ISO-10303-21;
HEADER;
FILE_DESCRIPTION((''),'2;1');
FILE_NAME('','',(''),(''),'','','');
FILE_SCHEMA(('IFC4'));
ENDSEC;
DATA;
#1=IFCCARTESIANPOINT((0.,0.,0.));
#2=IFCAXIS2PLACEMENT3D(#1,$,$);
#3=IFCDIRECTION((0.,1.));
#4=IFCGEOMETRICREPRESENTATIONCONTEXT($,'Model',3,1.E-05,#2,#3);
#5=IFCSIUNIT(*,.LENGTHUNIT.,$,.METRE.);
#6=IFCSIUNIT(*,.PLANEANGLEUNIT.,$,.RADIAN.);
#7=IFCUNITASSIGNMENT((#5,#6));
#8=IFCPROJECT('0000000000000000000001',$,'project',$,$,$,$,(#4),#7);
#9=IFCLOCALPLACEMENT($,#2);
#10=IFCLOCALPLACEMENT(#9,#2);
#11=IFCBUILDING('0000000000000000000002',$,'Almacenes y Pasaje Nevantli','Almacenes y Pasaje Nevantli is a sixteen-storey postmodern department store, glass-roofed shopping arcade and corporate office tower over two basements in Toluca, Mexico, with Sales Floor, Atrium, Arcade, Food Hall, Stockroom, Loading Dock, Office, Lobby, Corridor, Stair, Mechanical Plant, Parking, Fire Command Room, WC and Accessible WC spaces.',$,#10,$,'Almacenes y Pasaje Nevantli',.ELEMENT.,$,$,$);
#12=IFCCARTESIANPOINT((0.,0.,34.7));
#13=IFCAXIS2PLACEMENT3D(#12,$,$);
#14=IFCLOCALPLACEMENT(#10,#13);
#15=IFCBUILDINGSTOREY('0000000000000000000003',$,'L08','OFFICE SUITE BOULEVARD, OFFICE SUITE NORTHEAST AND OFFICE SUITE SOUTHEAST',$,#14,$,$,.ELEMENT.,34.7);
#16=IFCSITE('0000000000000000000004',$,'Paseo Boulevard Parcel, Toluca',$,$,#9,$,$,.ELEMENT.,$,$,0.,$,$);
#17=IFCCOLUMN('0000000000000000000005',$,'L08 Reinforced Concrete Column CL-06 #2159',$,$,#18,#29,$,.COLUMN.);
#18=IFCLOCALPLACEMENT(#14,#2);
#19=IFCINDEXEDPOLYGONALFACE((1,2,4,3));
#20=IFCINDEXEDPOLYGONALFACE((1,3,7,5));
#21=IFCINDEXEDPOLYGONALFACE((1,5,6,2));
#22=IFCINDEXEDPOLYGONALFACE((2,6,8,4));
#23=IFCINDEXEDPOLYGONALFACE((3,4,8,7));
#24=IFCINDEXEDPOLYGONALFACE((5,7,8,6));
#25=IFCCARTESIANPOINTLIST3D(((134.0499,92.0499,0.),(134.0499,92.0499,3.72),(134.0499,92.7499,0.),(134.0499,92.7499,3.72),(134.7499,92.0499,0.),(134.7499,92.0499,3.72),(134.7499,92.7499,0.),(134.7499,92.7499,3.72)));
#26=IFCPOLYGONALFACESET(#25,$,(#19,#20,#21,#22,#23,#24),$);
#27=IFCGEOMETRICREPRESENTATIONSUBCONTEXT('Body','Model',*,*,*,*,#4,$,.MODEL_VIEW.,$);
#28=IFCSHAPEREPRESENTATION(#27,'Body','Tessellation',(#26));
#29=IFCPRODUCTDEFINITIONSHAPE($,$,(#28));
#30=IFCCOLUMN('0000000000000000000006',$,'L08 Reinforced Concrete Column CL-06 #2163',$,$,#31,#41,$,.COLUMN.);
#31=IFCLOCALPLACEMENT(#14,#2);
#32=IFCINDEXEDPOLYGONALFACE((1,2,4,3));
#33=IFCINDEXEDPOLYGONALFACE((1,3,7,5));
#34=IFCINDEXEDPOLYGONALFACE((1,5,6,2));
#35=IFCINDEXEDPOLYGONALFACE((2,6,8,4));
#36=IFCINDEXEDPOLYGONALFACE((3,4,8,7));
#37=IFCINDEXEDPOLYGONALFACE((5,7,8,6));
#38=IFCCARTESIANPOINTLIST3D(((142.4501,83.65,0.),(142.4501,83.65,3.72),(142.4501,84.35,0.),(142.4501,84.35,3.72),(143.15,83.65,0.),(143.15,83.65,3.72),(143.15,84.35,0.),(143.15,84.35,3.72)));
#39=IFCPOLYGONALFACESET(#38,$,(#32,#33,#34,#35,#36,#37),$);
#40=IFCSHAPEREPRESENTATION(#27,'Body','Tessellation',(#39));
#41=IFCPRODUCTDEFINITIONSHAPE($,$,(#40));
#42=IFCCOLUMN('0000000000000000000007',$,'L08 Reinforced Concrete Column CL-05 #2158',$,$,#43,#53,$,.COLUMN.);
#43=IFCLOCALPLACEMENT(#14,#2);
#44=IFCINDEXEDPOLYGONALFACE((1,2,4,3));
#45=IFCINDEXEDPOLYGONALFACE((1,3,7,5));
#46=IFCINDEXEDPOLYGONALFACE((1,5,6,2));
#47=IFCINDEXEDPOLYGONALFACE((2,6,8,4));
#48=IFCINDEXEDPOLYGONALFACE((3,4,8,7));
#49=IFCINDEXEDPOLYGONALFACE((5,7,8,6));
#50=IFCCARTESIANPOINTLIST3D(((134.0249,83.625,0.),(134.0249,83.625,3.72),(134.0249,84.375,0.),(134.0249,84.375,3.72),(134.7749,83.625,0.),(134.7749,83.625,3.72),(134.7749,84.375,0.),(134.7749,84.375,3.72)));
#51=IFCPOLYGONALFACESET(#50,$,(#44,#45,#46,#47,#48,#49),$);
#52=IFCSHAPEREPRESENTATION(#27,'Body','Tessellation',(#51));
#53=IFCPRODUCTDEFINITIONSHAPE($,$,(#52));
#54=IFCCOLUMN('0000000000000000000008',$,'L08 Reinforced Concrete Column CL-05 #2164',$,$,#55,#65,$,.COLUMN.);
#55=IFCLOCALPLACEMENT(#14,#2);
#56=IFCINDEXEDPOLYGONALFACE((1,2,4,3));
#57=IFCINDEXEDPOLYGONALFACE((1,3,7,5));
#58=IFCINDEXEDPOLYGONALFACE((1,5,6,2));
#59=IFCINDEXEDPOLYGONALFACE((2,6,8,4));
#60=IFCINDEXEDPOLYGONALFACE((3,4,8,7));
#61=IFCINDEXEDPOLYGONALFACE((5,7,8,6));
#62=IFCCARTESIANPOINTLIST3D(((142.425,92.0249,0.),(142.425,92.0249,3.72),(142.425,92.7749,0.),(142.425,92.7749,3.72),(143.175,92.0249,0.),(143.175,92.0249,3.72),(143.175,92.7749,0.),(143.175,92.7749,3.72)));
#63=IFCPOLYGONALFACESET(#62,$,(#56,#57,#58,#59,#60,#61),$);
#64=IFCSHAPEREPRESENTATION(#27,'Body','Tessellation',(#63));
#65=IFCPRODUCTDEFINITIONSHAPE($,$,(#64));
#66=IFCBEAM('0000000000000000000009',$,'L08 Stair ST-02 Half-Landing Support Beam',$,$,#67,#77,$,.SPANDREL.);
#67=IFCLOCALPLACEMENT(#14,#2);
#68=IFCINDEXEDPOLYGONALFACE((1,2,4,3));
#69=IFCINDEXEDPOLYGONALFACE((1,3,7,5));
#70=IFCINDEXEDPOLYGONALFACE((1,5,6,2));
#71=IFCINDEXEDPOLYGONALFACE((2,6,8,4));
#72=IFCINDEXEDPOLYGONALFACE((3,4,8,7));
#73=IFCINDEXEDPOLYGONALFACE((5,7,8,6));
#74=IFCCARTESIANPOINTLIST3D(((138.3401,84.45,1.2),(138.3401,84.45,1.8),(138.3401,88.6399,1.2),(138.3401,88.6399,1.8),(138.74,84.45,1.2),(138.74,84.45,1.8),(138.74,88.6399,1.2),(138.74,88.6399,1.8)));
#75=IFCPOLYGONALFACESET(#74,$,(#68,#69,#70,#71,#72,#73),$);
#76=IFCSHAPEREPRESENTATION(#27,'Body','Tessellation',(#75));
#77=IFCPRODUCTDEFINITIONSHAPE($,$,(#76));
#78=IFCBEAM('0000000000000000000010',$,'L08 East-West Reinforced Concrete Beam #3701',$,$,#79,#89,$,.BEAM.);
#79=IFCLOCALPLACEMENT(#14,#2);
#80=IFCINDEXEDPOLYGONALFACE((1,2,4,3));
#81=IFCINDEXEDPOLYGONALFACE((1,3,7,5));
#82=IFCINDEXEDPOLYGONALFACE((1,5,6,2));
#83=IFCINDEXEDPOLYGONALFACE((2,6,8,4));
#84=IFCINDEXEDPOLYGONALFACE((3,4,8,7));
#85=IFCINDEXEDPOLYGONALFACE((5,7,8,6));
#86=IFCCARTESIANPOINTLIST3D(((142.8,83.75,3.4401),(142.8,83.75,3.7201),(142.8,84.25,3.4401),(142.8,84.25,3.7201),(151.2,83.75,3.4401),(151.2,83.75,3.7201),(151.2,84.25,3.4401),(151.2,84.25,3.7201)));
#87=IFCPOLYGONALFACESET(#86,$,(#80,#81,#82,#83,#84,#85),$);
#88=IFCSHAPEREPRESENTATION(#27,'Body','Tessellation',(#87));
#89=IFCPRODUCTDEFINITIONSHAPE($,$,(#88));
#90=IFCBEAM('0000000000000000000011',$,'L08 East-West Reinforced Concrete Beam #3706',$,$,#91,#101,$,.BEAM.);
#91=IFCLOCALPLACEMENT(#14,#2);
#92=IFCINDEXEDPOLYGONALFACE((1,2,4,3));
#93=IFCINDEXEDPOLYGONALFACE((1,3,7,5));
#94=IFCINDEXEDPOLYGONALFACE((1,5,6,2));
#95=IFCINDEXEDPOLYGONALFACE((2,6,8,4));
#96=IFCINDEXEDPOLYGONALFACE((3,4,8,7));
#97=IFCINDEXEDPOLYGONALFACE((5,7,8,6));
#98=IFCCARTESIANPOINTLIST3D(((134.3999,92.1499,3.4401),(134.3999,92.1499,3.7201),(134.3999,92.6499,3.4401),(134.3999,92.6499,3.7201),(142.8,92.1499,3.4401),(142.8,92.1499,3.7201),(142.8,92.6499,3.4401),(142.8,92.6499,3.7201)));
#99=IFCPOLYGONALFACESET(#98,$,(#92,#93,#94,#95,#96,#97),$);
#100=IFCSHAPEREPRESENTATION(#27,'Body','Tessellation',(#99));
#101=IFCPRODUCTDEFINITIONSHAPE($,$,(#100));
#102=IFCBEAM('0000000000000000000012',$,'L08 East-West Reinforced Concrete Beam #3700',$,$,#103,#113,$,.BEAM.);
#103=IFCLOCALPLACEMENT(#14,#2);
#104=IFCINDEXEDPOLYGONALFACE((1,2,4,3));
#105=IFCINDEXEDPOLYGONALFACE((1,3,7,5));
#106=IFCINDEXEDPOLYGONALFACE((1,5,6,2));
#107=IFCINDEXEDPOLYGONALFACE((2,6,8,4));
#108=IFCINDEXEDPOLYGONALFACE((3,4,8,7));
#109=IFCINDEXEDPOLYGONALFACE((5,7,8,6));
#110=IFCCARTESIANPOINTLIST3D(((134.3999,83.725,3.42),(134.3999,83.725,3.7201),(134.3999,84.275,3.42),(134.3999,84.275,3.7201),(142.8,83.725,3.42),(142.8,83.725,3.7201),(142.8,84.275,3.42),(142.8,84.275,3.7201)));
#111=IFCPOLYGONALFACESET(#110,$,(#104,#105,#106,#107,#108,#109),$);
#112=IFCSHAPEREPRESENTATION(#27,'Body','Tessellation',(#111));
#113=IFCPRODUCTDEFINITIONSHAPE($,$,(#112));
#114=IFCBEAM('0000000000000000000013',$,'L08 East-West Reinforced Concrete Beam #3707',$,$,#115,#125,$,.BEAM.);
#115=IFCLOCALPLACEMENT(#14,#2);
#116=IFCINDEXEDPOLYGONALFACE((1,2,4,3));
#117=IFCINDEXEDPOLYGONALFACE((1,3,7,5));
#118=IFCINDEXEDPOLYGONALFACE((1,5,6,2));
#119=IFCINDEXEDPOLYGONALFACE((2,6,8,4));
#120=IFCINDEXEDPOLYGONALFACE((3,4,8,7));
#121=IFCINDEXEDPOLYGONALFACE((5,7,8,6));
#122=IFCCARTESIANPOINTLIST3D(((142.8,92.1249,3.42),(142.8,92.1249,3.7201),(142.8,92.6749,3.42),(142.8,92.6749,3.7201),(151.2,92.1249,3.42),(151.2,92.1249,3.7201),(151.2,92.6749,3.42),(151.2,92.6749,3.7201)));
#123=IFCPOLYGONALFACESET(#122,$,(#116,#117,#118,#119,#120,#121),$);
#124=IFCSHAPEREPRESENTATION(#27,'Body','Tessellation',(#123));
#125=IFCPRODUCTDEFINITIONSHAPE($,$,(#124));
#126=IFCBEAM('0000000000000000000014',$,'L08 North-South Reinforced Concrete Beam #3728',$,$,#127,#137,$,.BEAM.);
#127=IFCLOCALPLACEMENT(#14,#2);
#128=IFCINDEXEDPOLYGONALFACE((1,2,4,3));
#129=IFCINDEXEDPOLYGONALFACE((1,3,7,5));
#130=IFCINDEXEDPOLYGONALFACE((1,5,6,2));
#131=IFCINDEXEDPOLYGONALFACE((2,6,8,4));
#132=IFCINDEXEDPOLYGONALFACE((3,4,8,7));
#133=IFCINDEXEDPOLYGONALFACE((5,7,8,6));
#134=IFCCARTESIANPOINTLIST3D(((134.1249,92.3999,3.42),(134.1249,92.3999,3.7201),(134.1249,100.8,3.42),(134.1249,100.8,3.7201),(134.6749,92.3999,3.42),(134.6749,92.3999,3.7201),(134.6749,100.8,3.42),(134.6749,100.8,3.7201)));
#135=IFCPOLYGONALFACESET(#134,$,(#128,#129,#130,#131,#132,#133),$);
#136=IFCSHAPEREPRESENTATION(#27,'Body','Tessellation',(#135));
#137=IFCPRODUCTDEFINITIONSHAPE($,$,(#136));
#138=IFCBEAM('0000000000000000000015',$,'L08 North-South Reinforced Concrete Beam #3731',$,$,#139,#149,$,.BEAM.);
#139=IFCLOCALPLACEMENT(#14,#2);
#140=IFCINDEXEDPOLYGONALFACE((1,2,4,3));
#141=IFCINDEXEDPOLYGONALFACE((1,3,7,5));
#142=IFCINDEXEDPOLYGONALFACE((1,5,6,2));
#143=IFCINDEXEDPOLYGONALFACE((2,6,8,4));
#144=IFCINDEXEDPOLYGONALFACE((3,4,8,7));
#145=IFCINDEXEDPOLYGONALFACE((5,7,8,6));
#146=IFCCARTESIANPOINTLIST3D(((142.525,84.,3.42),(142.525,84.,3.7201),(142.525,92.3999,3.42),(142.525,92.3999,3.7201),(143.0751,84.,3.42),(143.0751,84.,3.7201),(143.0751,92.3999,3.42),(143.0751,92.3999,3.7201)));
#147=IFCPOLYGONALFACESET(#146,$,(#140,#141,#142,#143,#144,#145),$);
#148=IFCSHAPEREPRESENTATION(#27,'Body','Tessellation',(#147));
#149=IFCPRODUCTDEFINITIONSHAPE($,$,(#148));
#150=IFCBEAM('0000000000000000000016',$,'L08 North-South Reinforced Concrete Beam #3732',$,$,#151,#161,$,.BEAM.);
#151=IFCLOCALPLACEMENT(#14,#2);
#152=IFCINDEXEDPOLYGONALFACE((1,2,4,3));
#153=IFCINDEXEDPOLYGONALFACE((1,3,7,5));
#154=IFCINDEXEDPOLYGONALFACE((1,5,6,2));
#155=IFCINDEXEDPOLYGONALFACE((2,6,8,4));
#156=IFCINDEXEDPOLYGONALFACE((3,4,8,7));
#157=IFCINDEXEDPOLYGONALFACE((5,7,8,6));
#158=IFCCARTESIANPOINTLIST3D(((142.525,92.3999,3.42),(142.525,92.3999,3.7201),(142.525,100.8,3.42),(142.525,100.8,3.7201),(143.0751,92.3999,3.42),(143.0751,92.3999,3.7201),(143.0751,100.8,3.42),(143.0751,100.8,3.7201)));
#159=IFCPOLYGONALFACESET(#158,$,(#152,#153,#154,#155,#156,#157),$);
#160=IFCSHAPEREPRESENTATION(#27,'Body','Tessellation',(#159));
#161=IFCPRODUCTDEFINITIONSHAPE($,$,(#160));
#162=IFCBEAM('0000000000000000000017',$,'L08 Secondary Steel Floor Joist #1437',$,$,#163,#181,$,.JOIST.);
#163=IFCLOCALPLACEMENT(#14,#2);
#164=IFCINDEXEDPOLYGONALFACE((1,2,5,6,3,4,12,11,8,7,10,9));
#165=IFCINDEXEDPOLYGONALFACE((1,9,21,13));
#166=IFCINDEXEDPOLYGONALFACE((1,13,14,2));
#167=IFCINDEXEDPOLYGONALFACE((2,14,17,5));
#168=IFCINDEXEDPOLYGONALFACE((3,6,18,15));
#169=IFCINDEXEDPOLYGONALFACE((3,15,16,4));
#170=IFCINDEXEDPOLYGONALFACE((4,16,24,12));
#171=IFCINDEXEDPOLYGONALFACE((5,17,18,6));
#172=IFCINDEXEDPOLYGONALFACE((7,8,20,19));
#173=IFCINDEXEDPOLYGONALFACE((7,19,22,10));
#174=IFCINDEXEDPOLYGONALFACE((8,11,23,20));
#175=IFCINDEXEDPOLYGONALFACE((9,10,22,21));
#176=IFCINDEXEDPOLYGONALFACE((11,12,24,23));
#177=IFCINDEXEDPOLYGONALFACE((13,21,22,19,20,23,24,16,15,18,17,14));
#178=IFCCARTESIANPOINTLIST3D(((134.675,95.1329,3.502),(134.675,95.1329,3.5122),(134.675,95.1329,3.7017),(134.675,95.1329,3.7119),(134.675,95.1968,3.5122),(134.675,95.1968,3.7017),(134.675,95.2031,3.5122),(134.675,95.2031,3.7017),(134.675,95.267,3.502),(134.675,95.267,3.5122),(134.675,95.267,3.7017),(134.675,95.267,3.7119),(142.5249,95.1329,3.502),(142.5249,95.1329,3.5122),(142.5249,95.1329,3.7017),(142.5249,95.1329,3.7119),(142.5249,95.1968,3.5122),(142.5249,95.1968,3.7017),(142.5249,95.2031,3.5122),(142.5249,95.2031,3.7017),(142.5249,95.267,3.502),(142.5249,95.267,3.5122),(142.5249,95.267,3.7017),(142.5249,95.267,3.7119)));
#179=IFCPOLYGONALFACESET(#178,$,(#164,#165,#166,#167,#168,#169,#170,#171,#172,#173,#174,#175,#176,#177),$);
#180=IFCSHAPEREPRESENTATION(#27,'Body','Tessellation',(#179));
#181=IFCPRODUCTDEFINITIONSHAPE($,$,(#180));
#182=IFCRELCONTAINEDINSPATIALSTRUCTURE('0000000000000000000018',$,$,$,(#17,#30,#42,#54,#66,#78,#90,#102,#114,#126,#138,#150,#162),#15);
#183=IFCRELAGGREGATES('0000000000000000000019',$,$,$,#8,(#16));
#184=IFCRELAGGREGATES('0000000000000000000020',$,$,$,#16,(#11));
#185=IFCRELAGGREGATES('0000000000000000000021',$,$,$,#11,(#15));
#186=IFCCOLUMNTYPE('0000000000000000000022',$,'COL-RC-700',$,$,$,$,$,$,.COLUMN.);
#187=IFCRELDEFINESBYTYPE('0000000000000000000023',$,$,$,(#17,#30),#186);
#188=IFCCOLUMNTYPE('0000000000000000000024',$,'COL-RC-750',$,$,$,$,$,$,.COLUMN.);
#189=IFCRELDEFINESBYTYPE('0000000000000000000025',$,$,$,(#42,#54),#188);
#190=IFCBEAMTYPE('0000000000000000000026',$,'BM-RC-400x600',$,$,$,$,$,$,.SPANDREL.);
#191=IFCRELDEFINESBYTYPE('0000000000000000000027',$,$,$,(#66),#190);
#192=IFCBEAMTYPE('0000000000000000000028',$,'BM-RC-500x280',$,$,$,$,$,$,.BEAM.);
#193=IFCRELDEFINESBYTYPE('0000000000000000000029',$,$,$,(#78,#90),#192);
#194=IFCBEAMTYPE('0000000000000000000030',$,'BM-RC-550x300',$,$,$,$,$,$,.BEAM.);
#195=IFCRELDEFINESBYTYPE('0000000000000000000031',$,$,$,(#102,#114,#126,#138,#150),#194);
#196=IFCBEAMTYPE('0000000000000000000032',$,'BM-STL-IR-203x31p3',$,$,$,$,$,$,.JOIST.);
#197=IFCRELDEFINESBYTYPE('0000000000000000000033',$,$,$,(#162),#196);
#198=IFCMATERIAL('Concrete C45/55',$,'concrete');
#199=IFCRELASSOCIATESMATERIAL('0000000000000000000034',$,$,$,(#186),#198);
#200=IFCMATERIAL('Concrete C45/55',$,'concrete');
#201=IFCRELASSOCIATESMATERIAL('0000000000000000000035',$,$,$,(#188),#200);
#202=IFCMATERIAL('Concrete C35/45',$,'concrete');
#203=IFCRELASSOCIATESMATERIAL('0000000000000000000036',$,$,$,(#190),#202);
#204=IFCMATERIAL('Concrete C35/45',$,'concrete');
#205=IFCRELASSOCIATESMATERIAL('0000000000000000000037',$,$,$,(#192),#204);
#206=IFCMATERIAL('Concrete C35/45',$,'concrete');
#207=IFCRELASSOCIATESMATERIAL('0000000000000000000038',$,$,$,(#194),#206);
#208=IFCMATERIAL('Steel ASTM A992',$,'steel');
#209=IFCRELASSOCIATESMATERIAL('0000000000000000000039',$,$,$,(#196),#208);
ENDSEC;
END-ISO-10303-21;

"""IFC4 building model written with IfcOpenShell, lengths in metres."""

from ifc_helpers import new_model, si_unit, direction, frame, origin, origin_2d, place, context, subcontext, project, spatial, rectangle, i_section, extrude, material, material_profile, profile_set, type_object, element, save


model = new_model("IFC4")

# Units and contexts
model_context = context("Model", 3, precision=1e-05, world=origin(), true_north=direction((0.0, 1.0)))
body_context = subcontext(model_context, "Body", "Model", "MODEL_VIEW")
ifc_project = project(units=[si_unit("LENGTHUNIT", "METRE"), si_unit("PLANEANGLEUNIT", "RADIAN")], contexts=[model_context])

# Site, building, storey
site_placement = place(None, origin())
site = spatial("IfcSite", under=ifc_project, at=site_placement, Name="Paseo Boulevard Parcel, Toluca", CompositionType="ELEMENT", RefElevation=0.0)
building_placement = place(site_placement, origin())
building = spatial("IfcBuilding", under=site, at=building_placement, Name="Almacenes y Pasaje Nevantli", Description="Almacenes y Pasaje Nevantli is a sixteen-storey postmodern department store, glass-roofed shopping arcade and corporate office tower over two basements in Toluca, Mexico, with Sales Floor, Atrium, Arcade, Food Hall, Stockroom, Loading Dock, Office, Lobby, Corridor, Stair, Mechanical Plant, Parking, Fire Command Room, WC and Accessible WC spaces.", LongName="Almacenes y Pasaje Nevantli", CompositionType="ELEMENT")
storey_placement = place(building_placement, frame((0.0, 0.0, 34.7)))
storey = spatial("IfcBuildingStorey", under=building, at=storey_placement, Name="L08", Description="OFFICE SUITE BOULEVARD, OFFICE SUITE NORTHEAST AND OFFICE SUITE SOUTHEAST", CompositionType="ELEMENT", Elevation=34.7)

# Columns
ifc_material_1 = material(Name="Concrete C45/55", Category="concrete")
ifc_material_profile_1 = material_profile(ifc_material_1, rectangle(XDim=0.7, YDim=0.7, at=origin_2d()), Name="RC-COL-700x700")
ifc_profile_set_1 = profile_set([ifc_material_profile_1], Name="Concrete C45/55")
column_type_1 = type_object("IfcColumnType", Name="COL-RC-700", PredefinedType="COLUMN", material=ifc_profile_set_1)
for number, where, z_axis, x_axis, name in (
    (1, (134.3999, 92.3999, 0.0), (0.0, 0.0, 1.0), (1.0, 0.0, 0.0), "L08 Reinforced Concrete Column CL-06 #2159"),
    (2, (142.8, 84.0, 0.0), (0.0, 0.0, 1.0), (1.0, 0.0, 0.0), "L08 Reinforced Concrete Column CL-06 #2163"),
):
    element("IfcColumn", number, at=place(storey_placement, frame(where, z_axis=z_axis, x_axis=x_axis)), inside=storey, type_object=column_type_1, Name=name, PredefinedType="COLUMN", context=body_context, shape_type="SweptSolid", body=[
        extrude(rectangle(XDim=0.7, YDim=0.7, at=origin_2d()), origin(), (0.0, 0.0, 1.0), 3.72),
    ])
ifc_material_2 = material(Name="Concrete C45/55", Category="concrete")
ifc_material_profile_2 = material_profile(ifc_material_2, rectangle(XDim=0.75, YDim=0.75, at=origin_2d()), Name="RC-COL-750x750")
ifc_profile_set_2 = profile_set([ifc_material_profile_2], Name="Concrete C45/55")
column_type_2 = type_object("IfcColumnType", Name="COL-RC-750", PredefinedType="COLUMN", material=ifc_profile_set_2)
for number, where, z_axis, x_axis, name in (
    (3, (134.3999, 84.0, 0.0), (0.0, 0.0, 1.0), (1.0, 0.0, 0.0), "L08 Reinforced Concrete Column CL-05 #2158"),
    (4, (142.8, 92.3999, 0.0), (0.0, 0.0, 1.0), (1.0, 0.0, 0.0), "L08 Reinforced Concrete Column CL-05 #2164"),
):
    element("IfcColumn", number, at=place(storey_placement, frame(where, z_axis=z_axis, x_axis=x_axis)), inside=storey, type_object=column_type_2, Name=name, PredefinedType="COLUMN", context=body_context, shape_type="SweptSolid", body=[
        extrude(rectangle(XDim=0.75, YDim=0.75, at=origin_2d()), origin(), (0.0, 0.0, 1.0), 3.72),
    ])

# Beams
ifc_material_3 = material(Name="Concrete C35/45", Category="concrete")
ifc_material_profile_3 = material_profile(ifc_material_3, rectangle(XDim=0.3999, YDim=0.6001, at=origin_2d()), Name="RC-BM-400x600")
ifc_profile_set_3 = profile_set([ifc_material_profile_3], Name="Concrete C35/45")
beam_type_1 = type_object("IfcBeamType", Name="BM-RC-400x600", PredefinedType="SPANDREL", material=ifc_profile_set_3)
beam_1_placement = place(storey_placement, frame((138.54, 84.45, 1.5), z_axis=(0.0, 1.0, 0.0), x_axis=(-1.0, 0.0, 0.0)))
element("IfcBeam", 5, at=beam_1_placement, inside=storey, type_object=beam_type_1, Name="L08 Stair ST-02 Half-Landing Support Beam", PredefinedType="SPANDREL", context=body_context, shape_type="SweptSolid", body=[
    extrude(rectangle(XDim=0.3999, YDim=0.6001, at=origin_2d()), origin(), (0.0, 0.0, 1.0), 4.1899),
])
ifc_material_4 = material(Name="Concrete C35/45", Category="concrete")
ifc_material_profile_4 = material_profile(ifc_material_4, rectangle(XDim=0.5, YDim=0.28, at=origin_2d()), Name="RC-BM-500x280")
ifc_profile_set_4 = profile_set([ifc_material_profile_4], Name="Concrete C35/45")
beam_type_2 = type_object("IfcBeamType", Name="BM-RC-500x280", PredefinedType="BEAM", material=ifc_profile_set_4)
beam_2_placement = place(storey_placement, frame((142.8, 84.0, 3.5801), z_axis=(1.0, 0.0, 0.0), x_axis=(0.0, 1.0, 0.0)))
element("IfcBeam", 6, at=beam_2_placement, inside=storey, type_object=beam_type_2, Name="L08 East-West Reinforced Concrete Beam #3701", PredefinedType="BEAM", context=body_context, shape_type="SweptSolid", body=[
    extrude(rectangle(XDim=0.5, YDim=0.28, at=origin_2d()), origin(), (0.0, 0.0, 1.0), 8.3999),
])
beam_3_placement = place(storey_placement, frame((134.3999, 92.3999, 3.5801), z_axis=(1.0, 0.0, 0.0), x_axis=(0.0, 1.0, 0.0)))
element("IfcBeam", 7, at=beam_3_placement, inside=storey, type_object=beam_type_2, Name="L08 East-West Reinforced Concrete Beam #3706", PredefinedType="BEAM", context=body_context, shape_type="SweptSolid", body=[
    extrude(rectangle(XDim=0.5, YDim=0.28, at=origin_2d()), origin(), (0.0, 0.0, 1.0), 8.4001),
])
ifc_material_5 = material(Name="Concrete C35/45", Category="concrete")
ifc_material_profile_5 = material_profile(ifc_material_5, rectangle(XDim=0.55, YDim=0.3, at=origin_2d()), Name="RC-BM-550x300")
ifc_profile_set_5 = profile_set([ifc_material_profile_5], Name="Concrete C35/45")
beam_type_3 = type_object("IfcBeamType", Name="BM-RC-550x300", PredefinedType="BEAM", material=ifc_profile_set_5)
beam_4_placement = place(storey_placement, frame((134.3999, 84.0, 3.5701), z_axis=(1.0, 0.0, 0.0), x_axis=(0.0, 1.0, 0.0)))
element("IfcBeam", 8, at=beam_4_placement, inside=storey, type_object=beam_type_3, Name="L08 East-West Reinforced Concrete Beam #3700", PredefinedType="BEAM", context=body_context, shape_type="SweptSolid", body=[
    extrude(rectangle(XDim=0.55, YDim=0.3, at=origin_2d()), origin(), (0.0, 0.0, 1.0), 8.4001),
])
beam_5_placement = place(storey_placement, frame((142.8, 92.3999, 3.5701), z_axis=(1.0, 0.0, 0.0), x_axis=(0.0, 1.0, 0.0)))
element("IfcBeam", 9, at=beam_5_placement, inside=storey, type_object=beam_type_3, Name="L08 East-West Reinforced Concrete Beam #3707", PredefinedType="BEAM", context=body_context, shape_type="SweptSolid", body=[
    extrude(rectangle(XDim=0.55, YDim=0.3, at=origin_2d()), origin(), (0.0, 0.0, 1.0), 8.3999),
])
beam_6_placement = place(storey_placement, frame((134.3999, 92.3999, 3.5701), z_axis=(0.0, 1.0, 0.0), x_axis=(-1.0, 0.0, 0.0)))
element("IfcBeam", 10, at=beam_6_placement, inside=storey, type_object=beam_type_3, Name="L08 North-South Reinforced Concrete Beam #3728", PredefinedType="BEAM", context=body_context, shape_type="SweptSolid", body=[
    extrude(rectangle(XDim=0.55, YDim=0.3, at=origin_2d()), origin(), (0.0, 0.0, 1.0), 8.4001),
])
beam_7_placement = place(storey_placement, frame((142.8, 84.0, 3.5701), z_axis=(0.0, 1.0, 0.0), x_axis=(-1.0, 0.0, 0.0)))
element("IfcBeam", 11, at=beam_7_placement, inside=storey, type_object=beam_type_3, Name="L08 North-South Reinforced Concrete Beam #3731", PredefinedType="BEAM", context=body_context, shape_type="SweptSolid", body=[
    extrude(rectangle(XDim=0.55, YDim=0.3, at=origin_2d()), origin(), (0.0, 0.0, 1.0), 8.3999),
])
beam_8_placement = place(storey_placement, frame((142.8, 92.3999, 3.5701), z_axis=(0.0, 1.0, 0.0), x_axis=(-1.0, 0.0, 0.0)))
element("IfcBeam", 12, at=beam_8_placement, inside=storey, type_object=beam_type_3, Name="L08 North-South Reinforced Concrete Beam #3732", PredefinedType="BEAM", context=body_context, shape_type="SweptSolid", body=[
    extrude(rectangle(XDim=0.55, YDim=0.3, at=origin_2d()), origin(), (0.0, 0.0, 1.0), 8.4001),
])
ifc_material_6 = material(Name="Steel ASTM A992", Category="steel")
ifc_material_profile_6 = material_profile(ifc_material_6, i_section(OverallWidth=0.134, OverallDepth=0.21, WebThickness=0.0063, FlangeThickness=0.0103, at=origin_2d()), Name="IR 203x31.3")
ifc_profile_set_6 = profile_set([ifc_material_profile_6], Name="Steel ASTM A992")
beam_type_4 = type_object("IfcBeamType", Name="BM-STL-IR-203x31p3", PredefinedType="JOIST", material=ifc_profile_set_6)
for number, where, z_axis, x_axis, name in (
    (13, (134.675, 95.2, 3.6069), (1.0, 0.0, 0.0), (0.0, 1.0, 0.0), "L08 Secondary Steel Floor Joist #1437"),
):
    element("IfcBeam", number, at=place(storey_placement, frame(where, z_axis=z_axis, x_axis=x_axis)), inside=storey, type_object=beam_type_4, Name=name, PredefinedType="JOIST", context=body_context, shape_type="SweptSolid", body=[
        extrude(i_section(OverallWidth=0.134, OverallDepth=0.21, WebThickness=0.0063, FlangeThickness=0.0103, at=origin_2d()), origin(), (0.0, 0.0, 1.0), 7.8499),
    ])

save(model, "model.ifc")
